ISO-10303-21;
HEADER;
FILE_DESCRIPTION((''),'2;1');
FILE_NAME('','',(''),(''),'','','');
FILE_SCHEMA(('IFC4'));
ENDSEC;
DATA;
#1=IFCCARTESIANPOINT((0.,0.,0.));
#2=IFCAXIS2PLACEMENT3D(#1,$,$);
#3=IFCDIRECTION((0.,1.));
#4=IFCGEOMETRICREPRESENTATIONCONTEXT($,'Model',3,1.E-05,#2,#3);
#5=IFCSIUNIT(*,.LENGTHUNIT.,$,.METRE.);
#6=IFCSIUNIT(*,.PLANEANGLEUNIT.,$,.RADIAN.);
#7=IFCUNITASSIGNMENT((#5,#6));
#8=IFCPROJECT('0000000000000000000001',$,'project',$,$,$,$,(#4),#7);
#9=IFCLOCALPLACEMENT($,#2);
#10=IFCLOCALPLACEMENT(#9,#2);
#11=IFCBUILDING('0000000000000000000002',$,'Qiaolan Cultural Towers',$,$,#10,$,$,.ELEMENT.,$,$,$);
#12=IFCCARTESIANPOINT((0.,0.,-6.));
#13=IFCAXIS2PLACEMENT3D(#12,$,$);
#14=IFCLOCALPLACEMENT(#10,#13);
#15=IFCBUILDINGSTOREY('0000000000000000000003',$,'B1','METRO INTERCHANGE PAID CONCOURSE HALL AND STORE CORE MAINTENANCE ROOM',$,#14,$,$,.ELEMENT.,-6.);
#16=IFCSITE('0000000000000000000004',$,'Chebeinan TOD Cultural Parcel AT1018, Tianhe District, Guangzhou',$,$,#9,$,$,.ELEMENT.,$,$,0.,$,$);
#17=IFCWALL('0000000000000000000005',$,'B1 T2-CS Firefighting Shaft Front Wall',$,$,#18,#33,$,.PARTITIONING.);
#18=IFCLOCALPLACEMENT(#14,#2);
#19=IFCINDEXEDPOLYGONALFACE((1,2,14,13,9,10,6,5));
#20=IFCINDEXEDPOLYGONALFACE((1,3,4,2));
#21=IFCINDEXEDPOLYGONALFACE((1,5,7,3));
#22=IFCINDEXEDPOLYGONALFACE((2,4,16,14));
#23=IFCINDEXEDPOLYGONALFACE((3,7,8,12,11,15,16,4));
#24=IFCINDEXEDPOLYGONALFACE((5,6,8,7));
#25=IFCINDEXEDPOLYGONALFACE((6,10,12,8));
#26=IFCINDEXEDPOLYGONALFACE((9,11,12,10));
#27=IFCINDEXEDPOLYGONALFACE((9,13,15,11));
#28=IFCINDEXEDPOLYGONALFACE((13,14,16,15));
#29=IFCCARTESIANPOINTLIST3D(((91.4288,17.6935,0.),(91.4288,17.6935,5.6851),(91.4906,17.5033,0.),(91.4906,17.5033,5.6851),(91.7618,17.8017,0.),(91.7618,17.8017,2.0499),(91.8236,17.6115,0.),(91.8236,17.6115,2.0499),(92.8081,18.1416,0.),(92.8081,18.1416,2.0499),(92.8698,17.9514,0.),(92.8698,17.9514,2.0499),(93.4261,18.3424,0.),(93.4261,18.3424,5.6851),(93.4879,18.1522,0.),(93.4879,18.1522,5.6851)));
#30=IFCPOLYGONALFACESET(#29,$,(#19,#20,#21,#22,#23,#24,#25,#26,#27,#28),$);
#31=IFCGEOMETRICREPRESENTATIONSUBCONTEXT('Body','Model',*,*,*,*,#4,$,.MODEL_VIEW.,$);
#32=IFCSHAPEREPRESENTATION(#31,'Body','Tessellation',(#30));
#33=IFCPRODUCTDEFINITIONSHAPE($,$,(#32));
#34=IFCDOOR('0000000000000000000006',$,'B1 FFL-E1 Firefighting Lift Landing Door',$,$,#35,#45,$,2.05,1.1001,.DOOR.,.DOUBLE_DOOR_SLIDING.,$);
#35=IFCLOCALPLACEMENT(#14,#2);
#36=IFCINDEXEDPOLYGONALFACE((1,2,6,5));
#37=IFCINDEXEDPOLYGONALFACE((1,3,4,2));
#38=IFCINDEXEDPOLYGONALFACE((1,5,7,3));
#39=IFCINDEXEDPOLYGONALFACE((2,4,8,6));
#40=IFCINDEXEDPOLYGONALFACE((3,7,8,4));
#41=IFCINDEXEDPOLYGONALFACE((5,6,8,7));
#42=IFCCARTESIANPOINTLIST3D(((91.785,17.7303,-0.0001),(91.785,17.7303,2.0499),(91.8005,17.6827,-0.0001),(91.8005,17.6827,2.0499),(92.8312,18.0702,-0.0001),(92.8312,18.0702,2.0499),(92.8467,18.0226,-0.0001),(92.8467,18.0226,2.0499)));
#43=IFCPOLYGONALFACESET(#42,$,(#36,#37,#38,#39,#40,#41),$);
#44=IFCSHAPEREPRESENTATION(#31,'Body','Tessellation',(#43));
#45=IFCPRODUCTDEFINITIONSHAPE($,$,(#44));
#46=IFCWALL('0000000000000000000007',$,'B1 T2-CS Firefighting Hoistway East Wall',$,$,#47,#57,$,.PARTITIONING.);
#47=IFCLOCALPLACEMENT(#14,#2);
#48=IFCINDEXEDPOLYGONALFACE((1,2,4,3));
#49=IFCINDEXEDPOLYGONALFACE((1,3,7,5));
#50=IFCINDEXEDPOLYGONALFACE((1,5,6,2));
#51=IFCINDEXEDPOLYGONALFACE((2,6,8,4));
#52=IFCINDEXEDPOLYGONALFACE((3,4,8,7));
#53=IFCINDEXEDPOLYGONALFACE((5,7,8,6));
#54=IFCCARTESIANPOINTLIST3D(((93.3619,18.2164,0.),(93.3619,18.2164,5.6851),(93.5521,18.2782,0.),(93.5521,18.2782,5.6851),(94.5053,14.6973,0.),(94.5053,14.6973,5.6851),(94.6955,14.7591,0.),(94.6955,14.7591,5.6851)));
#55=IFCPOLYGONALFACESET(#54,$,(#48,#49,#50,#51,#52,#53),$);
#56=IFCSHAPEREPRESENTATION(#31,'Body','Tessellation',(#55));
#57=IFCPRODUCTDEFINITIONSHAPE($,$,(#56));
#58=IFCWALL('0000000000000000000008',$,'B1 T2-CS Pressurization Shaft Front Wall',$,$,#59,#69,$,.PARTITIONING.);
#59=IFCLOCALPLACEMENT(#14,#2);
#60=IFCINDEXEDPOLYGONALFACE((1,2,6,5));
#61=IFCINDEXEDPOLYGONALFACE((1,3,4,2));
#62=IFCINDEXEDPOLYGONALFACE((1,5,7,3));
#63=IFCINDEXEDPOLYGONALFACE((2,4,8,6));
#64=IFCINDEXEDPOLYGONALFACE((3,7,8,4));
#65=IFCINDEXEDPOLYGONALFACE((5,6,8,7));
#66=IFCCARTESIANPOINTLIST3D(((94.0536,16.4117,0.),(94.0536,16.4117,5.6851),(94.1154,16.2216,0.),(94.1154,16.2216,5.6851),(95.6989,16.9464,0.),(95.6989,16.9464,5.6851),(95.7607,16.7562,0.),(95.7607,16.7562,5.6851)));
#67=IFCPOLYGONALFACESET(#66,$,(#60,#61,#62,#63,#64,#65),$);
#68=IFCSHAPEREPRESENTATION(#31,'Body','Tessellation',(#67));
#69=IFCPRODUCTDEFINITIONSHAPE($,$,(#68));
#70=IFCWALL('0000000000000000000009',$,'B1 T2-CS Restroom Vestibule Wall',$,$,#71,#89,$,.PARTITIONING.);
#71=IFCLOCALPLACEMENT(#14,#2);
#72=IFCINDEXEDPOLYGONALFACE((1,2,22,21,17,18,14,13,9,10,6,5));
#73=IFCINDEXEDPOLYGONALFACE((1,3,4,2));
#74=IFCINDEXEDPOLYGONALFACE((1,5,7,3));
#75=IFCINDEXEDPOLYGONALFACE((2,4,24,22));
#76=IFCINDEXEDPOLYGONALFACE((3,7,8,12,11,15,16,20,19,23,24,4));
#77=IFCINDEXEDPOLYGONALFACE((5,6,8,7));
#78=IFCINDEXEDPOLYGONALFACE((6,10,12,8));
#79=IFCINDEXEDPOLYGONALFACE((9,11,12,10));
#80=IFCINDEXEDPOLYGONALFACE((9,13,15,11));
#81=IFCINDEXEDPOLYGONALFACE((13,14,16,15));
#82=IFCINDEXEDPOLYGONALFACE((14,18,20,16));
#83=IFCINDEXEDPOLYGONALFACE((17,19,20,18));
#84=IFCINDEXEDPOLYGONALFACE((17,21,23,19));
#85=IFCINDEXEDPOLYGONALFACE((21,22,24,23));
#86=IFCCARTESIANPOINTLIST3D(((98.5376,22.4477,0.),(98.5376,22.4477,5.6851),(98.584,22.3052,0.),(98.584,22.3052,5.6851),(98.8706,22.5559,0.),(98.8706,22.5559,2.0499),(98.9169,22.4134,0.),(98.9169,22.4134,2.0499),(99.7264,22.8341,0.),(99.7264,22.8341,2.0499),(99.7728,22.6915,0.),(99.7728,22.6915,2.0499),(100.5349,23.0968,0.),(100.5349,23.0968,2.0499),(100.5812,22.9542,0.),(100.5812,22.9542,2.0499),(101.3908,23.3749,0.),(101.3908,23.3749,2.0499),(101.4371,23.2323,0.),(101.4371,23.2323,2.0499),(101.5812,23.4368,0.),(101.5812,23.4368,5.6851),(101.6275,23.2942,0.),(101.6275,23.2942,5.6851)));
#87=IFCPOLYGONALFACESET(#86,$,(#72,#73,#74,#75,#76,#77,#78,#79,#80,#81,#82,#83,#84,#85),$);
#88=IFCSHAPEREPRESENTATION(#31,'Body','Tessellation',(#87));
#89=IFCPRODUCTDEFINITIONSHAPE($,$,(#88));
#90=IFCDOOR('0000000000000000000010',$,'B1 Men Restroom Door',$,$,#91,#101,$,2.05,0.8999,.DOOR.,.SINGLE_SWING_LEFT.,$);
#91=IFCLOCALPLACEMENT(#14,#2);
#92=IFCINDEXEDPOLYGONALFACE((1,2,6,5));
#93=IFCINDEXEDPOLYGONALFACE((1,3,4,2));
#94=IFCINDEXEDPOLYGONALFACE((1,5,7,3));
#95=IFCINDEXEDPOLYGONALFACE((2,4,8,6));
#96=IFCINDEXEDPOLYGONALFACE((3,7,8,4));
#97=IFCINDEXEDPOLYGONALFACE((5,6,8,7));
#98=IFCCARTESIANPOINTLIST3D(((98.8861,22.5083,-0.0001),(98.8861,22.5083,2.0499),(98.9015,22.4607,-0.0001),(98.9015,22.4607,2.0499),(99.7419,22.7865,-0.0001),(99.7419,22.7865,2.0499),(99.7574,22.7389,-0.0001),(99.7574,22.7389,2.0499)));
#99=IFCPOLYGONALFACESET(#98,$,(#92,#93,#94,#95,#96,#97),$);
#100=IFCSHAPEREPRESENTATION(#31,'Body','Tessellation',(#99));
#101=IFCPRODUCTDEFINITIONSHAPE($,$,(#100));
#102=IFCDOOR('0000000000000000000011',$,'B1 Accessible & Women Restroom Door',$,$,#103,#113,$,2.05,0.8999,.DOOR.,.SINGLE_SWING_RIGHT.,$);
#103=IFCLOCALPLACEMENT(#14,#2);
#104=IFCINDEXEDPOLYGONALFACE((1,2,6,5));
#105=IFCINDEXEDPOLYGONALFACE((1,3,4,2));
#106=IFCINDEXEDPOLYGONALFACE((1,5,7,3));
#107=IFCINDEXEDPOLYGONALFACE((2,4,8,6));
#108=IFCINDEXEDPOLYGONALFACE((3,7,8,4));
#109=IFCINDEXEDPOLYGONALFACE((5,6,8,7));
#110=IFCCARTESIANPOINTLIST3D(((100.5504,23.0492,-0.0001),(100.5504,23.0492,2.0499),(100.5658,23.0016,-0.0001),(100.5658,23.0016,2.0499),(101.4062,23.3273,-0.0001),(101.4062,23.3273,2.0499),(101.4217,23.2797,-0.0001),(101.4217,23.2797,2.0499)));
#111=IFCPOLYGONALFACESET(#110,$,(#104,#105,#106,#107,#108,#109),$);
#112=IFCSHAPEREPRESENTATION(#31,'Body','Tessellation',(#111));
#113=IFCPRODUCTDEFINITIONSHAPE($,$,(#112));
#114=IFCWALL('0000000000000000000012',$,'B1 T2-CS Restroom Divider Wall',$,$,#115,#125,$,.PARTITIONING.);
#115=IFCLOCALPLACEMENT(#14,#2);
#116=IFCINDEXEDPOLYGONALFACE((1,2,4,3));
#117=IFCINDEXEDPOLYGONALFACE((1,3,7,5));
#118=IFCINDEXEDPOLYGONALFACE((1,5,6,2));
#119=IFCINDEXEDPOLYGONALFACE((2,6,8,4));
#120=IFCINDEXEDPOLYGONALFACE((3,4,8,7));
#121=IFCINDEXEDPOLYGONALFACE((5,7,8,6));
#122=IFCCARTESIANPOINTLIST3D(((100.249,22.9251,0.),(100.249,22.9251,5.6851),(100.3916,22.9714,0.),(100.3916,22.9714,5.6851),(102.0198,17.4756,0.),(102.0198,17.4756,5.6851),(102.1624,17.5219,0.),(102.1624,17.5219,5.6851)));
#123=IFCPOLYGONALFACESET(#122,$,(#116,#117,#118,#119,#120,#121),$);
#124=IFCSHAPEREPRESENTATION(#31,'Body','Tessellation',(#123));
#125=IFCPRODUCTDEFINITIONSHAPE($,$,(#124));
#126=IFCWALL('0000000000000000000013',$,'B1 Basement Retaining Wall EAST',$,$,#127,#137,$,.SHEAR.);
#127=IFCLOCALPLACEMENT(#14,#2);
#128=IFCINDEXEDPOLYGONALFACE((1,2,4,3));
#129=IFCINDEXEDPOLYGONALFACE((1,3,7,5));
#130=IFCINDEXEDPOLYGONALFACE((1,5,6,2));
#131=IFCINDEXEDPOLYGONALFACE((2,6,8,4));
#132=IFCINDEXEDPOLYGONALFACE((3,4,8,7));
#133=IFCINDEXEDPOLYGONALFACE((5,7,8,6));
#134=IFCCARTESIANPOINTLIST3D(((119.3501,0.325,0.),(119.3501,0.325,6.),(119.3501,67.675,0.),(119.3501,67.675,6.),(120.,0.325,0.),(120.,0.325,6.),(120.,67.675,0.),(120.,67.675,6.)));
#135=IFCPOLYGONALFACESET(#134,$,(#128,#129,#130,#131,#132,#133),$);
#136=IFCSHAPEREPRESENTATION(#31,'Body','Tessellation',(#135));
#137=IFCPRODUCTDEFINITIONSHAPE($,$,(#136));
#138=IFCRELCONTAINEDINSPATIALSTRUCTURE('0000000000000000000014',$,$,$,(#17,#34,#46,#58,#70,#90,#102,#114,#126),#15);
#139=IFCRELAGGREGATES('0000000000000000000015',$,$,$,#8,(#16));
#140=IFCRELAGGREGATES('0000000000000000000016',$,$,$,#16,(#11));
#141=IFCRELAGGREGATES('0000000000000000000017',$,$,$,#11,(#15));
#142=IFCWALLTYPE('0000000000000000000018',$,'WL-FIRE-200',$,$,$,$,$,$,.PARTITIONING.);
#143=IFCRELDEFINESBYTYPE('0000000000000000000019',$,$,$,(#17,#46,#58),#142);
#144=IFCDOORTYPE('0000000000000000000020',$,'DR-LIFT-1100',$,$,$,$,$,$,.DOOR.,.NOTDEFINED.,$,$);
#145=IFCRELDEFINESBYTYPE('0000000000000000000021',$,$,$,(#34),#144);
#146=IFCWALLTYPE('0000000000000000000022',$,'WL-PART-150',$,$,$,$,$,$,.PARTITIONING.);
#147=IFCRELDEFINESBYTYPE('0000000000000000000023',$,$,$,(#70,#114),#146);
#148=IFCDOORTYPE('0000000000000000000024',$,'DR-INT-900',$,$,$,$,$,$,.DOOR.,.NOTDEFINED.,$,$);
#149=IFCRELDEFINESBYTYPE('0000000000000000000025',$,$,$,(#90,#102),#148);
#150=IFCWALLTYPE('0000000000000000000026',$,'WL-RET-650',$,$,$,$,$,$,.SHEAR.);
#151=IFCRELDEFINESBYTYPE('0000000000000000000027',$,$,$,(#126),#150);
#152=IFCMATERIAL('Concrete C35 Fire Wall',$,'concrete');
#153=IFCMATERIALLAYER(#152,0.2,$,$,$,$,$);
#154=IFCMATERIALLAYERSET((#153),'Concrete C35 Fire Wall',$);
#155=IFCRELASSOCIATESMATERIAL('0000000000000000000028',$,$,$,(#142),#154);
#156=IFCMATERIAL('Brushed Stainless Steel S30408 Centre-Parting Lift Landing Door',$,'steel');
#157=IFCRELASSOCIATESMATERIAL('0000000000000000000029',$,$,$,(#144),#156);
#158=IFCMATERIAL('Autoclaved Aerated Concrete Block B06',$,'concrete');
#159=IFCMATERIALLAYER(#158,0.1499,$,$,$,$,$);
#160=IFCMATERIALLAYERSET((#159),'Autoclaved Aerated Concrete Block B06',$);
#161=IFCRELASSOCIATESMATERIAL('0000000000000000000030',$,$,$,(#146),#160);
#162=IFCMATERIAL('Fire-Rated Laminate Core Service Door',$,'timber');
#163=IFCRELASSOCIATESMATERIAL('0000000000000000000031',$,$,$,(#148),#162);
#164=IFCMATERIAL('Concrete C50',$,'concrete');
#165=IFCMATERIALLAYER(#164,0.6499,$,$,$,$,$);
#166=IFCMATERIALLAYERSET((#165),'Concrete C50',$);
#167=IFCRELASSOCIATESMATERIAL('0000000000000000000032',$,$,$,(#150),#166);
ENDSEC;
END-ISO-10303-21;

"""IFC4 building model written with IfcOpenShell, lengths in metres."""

from ifc_helpers import new_model, si_unit, direction, frame, frame_2d, origin, place, context, subcontext, project, spatial, rectangle, extrude, material, layer, layer_set, type_object, element, fill, save


model = new_model("IFC4")

# Units and contexts
model_context = context("Model", 3, precision=1e-05, world=origin(), true_north=direction((0.0, 1.0)))
body_context = subcontext(model_context, "Body", "Model", "MODEL_VIEW")
ifc_project = project(units=[si_unit("LENGTHUNIT", "METRE"), si_unit("PLANEANGLEUNIT", "RADIAN")], contexts=[model_context])

# Site, building, storey
site_placement = place(None, origin())
site = spatial("IfcSite", under=ifc_project, at=site_placement, Name="Chebeinan TOD Cultural Parcel AT1018, Tianhe District, Guangzhou", CompositionType="ELEMENT", RefElevation=0.0)
building_placement = place(site_placement, origin())
building = spatial("IfcBuilding", under=site, at=building_placement, Name="Qiaolan Cultural Towers", CompositionType="ELEMENT")
storey_placement = place(building_placement, frame((0.0, 0.0, -6.0)))
storey = spatial("IfcBuildingStorey", under=building, at=storey_placement, Name="B1", Description="METRO INTERCHANGE PAID CONCOURSE HALL AND STORE CORE MAINTENANCE ROOM", CompositionType="ELEMENT", Elevation=-6.0)

# Wall, opening, door
ifc_material_1 = material(Name="Concrete C35 Fire Wall", Category="concrete")
ifc_layer_1 = layer(ifc_material_1, 0.2)
ifc_layer_set_1 = layer_set([ifc_layer_1], Name="Concrete C35 Fire Wall")
wall_type_1 = type_object("IfcWallType", Name="WL-FIRE-200", PredefinedType="PARTITIONING", material=ifc_layer_set_1)
wall_1_placement = place(storey_placement, frame((91.4597, 17.5984, 0.0), z_axis=(0.0, 0.0, 1.0), x_axis=(0.951062, 0.308999, 0.0)))
wall_1 = element("IfcWall", 1, at=wall_1_placement, inside=storey, type_object=wall_type_1, Name="B1 T2-CS Firefighting Shaft Front Wall", PredefinedType="PARTITIONING", context=body_context, shape_type="SweptSolid", body=[
    extrude(rectangle(XDim=2.1001, YDim=0.2, at=frame_2d((1.05, 0.0))), origin(), (0.0, 0.0, 1.0), 5.6851),
])
opening_1_placement = place(wall_1_placement, frame((0.3501, 0.0, 0.0)))
opening_1 = element("IfcOpeningElement", 2, at=opening_1_placement, cuts=wall_1, PredefinedType="OPENING", context=body_context, shape_type="SweptSolid", body=[
    extrude(rectangle(XDim=1.1001, YDim=2.05, at=frame_2d((0.55, 1.0249))), frame((0.0, 0.1099, 0.0), z_axis=(0.0, -1.0, 0.0), x_axis=(1.0, 0.0, 0.0)), (0.0, 0.0, 1.0), 0.22),
])
ifc_material_2 = material(Name="Brushed Stainless Steel S30408 Centre-Parting Lift Landing Door", Category="steel")
door_type_1 = type_object("IfcDoorType", Name="DR-LIFT-1100", OperationType="NOTDEFINED", PredefinedType="DOOR", material=ifc_material_2)
door_1_placement = place(opening_1_placement, origin())
door_1 = element("IfcDoor", 3, at=door_1_placement, inside=storey, type_object=door_type_1, Name="B1 FFL-E1 Firefighting Lift Landing Door", OperationType="DOUBLE_DOOR_SLIDING", OverallHeight=2.05, OverallWidth=1.1001, PredefinedType="DOOR", context=body_context, shape_type="SweptSolid", body=[
    extrude(rectangle(XDim=1.1001, YDim=2.05, at=frame_2d((0.55, 1.0249))), frame((0.0, 0.0249, 0.0), z_axis=(0.0, -1.0, 0.0), x_axis=(1.0, 0.0, 0.0)), (0.0, 0.0, 1.0), 0.05),
])
fill(opening_1, door_1)

# Walls
wall_2_placement = place(storey_placement, frame((93.457, 18.2473, 0.0), z_axis=(0.0, 0.0, 1.0), x_axis=(0.308994, -0.951064, 0.0)))
element("IfcWall", 4, at=wall_2_placement, inside=storey, type_object=wall_type_1, Name="B1 T2-CS Firefighting Hoistway East Wall", PredefinedType="PARTITIONING", context=body_context, shape_type="SweptSolid", body=[
    extrude(rectangle(XDim=3.7002, YDim=0.2, at=frame_2d((1.8501, 0.0))), origin(), (0.0, 0.0, 1.0), 5.6851),
])
wall_3_placement = place(storey_placement, frame((94.0845, 16.3167, 0.0), z_axis=(0.0, 0.0, 1.0), x_axis=(0.951041, 0.309064, 0.0)))
element("IfcWall", 5, at=wall_3_placement, inside=storey, type_object=wall_type_1, Name="B1 T2-CS Pressurization Shaft Front Wall", PredefinedType="PARTITIONING", context=body_context, shape_type="SweptSolid", body=[
    extrude(rectangle(XDim=1.73, YDim=0.2, at=frame_2d((0.865, 0.0))), origin(), (0.0, 0.0, 1.0), 5.6851),
])

# Wall, openings, doors
ifc_material_3 = material(Name="Autoclaved Aerated Concrete Block B06", Category="concrete")
ifc_layer_2 = layer(ifc_material_3, 0.1499)
ifc_layer_set_2 = layer_set([ifc_layer_2], Name="Autoclaved Aerated Concrete Block B06")
wall_type_2 = type_object("IfcWallType", Name="WL-PART-150", PredefinedType="PARTITIONING", material=ifc_layer_set_2)
wall_4_placement = place(storey_placement, frame((98.5608, 22.3765, 0.0), z_axis=(0.0, 0.0, 1.0), x_axis=(0.951044, 0.309055, 0.0)))
wall_4 = element("IfcWall", 6, at=wall_4_placement, inside=storey, type_object=wall_type_2, Name="B1 T2-CS Restroom Vestibule Wall", PredefinedType="PARTITIONING", context=body_context, shape_type="SweptSolid", body=[
    extrude(rectangle(XDim=3.2002, YDim=0.1499, at=frame_2d((1.6001, 0.0))), origin(), (0.0, 0.0, 1.0), 5.6851),
])
opening_2_placement = place(wall_4_placement, frame((0.3501, 0.0, 0.0)))
opening_2 = element("IfcOpeningElement", 7, at=opening_2_placement, cuts=wall_4, PredefinedType="OPENING", context=body_context, shape_type="SweptSolid", body=[
    extrude(rectangle(XDim=0.8999, YDim=2.05, at=frame_2d((0.45, 1.0249))), frame((0.0, 0.085, 0.0), z_axis=(0.0, -1.0, 0.0), x_axis=(1.0, 0.0, 0.0)), (0.0, 0.0, 1.0), 0.1699),
])
opening_3_placement = place(wall_4_placement, frame((2.1001, 0.0, 0.0)))
opening_3 = element("IfcOpeningElement", 8, at=opening_3_placement, cuts=wall_4, PredefinedType="OPENING", context=body_context, shape_type="SweptSolid", body=[
    extrude(rectangle(XDim=0.8999, YDim=2.05, at=frame_2d((0.45, 1.0249))), frame((0.0, 0.085, 0.0), z_axis=(0.0, -1.0, 0.0), x_axis=(1.0, 0.0, 0.0)), (0.0, 0.0, 1.0), 0.1699),
])
ifc_material_4 = material(Name="Fire-Rated Laminate Core Service Door", Category="timber")
door_type_2 = type_object("IfcDoorType", Name="DR-INT-900", OperationType="NOTDEFINED", PredefinedType="DOOR", material=ifc_material_4)
door_2_placement = place(opening_2_placement, origin())
door_2 = element("IfcDoor", 9, at=door_2_placement, inside=storey, type_object=door_type_2, Name="B1 Men Restroom Door", OperationType="SINGLE_SWING_LEFT", OverallHeight=2.05, OverallWidth=0.8999, PredefinedType="DOOR", context=body_context, shape_type="SweptSolid", body=[
    extrude(rectangle(XDim=0.8999, YDim=2.05, at=frame_2d((0.45, 1.0249))), frame((0.0, 0.0249, 0.0), z_axis=(0.0, -1.0, 0.0), x_axis=(1.0, 0.0, 0.0)), (0.0, 0.0, 1.0), 0.05),
])
fill(opening_2, door_2)
door_3_placement = place(opening_3_placement, origin())
door_3 = element("IfcDoor", 10, at=door_3_placement, inside=storey, type_object=door_type_2, Name="B1 Accessible & Women Restroom Door", OperationType="SINGLE_SWING_RIGHT", OverallHeight=2.05, OverallWidth=0.8999, PredefinedType="DOOR", context=body_context, shape_type="SweptSolid", body=[
    extrude(rectangle(XDim=0.8999, YDim=2.05, at=frame_2d((0.45, 1.0249))), frame((0.0, 0.0249, 0.0), z_axis=(0.0, -1.0, 0.0), x_axis=(1.0, 0.0, 0.0)), (0.0, 0.0, 1.0), 0.05),
])
fill(opening_3, door_3)

# Walls
wall_5_placement = place(storey_placement, frame((100.3203, 22.9482, 0.0), z_axis=(0.0, 0.0, 1.0), x_axis=(0.309035, -0.951051, 0.0)))
element("IfcWall", 11, at=wall_5_placement, inside=storey, type_object=wall_type_2, Name="B1 T2-CS Restroom Divider Wall", PredefinedType="PARTITIONING", context=body_context, shape_type="SweptSolid", body=[
    extrude(rectangle(XDim=5.73, YDim=0.1499, at=frame_2d((2.865, 0.0))), origin(), (0.0, 0.0, 1.0), 5.6851),
])
ifc_material_5 = material(Name="Concrete C50", Category="concrete")
ifc_layer_3 = layer(ifc_material_5, 0.6499)
ifc_layer_set_3 = layer_set([ifc_layer_3], Name="Concrete C50")
wall_type_3 = type_object("IfcWallType", Name="WL-RET-650", PredefinedType="SHEAR", material=ifc_layer_set_3)
wall_6_placement = place(storey_placement, frame((119.675, 0.325, 0.0), z_axis=(0.0, 0.0, 1.0), x_axis=(0.0, 1.0, 0.0)))
element("IfcWall", 12, at=wall_6_placement, inside=storey, type_object=wall_type_3, Name="B1 Basement Retaining Wall EAST", PredefinedType="SHEAR", context=body_context, shape_type="SweptSolid", body=[
    extrude(rectangle(XDim=67.3501, YDim=0.6499, at=frame_2d((33.675, 0.0))), origin(), (0.0, 0.0, 1.0), 6.0),
])

save(model, "model.ifc")
